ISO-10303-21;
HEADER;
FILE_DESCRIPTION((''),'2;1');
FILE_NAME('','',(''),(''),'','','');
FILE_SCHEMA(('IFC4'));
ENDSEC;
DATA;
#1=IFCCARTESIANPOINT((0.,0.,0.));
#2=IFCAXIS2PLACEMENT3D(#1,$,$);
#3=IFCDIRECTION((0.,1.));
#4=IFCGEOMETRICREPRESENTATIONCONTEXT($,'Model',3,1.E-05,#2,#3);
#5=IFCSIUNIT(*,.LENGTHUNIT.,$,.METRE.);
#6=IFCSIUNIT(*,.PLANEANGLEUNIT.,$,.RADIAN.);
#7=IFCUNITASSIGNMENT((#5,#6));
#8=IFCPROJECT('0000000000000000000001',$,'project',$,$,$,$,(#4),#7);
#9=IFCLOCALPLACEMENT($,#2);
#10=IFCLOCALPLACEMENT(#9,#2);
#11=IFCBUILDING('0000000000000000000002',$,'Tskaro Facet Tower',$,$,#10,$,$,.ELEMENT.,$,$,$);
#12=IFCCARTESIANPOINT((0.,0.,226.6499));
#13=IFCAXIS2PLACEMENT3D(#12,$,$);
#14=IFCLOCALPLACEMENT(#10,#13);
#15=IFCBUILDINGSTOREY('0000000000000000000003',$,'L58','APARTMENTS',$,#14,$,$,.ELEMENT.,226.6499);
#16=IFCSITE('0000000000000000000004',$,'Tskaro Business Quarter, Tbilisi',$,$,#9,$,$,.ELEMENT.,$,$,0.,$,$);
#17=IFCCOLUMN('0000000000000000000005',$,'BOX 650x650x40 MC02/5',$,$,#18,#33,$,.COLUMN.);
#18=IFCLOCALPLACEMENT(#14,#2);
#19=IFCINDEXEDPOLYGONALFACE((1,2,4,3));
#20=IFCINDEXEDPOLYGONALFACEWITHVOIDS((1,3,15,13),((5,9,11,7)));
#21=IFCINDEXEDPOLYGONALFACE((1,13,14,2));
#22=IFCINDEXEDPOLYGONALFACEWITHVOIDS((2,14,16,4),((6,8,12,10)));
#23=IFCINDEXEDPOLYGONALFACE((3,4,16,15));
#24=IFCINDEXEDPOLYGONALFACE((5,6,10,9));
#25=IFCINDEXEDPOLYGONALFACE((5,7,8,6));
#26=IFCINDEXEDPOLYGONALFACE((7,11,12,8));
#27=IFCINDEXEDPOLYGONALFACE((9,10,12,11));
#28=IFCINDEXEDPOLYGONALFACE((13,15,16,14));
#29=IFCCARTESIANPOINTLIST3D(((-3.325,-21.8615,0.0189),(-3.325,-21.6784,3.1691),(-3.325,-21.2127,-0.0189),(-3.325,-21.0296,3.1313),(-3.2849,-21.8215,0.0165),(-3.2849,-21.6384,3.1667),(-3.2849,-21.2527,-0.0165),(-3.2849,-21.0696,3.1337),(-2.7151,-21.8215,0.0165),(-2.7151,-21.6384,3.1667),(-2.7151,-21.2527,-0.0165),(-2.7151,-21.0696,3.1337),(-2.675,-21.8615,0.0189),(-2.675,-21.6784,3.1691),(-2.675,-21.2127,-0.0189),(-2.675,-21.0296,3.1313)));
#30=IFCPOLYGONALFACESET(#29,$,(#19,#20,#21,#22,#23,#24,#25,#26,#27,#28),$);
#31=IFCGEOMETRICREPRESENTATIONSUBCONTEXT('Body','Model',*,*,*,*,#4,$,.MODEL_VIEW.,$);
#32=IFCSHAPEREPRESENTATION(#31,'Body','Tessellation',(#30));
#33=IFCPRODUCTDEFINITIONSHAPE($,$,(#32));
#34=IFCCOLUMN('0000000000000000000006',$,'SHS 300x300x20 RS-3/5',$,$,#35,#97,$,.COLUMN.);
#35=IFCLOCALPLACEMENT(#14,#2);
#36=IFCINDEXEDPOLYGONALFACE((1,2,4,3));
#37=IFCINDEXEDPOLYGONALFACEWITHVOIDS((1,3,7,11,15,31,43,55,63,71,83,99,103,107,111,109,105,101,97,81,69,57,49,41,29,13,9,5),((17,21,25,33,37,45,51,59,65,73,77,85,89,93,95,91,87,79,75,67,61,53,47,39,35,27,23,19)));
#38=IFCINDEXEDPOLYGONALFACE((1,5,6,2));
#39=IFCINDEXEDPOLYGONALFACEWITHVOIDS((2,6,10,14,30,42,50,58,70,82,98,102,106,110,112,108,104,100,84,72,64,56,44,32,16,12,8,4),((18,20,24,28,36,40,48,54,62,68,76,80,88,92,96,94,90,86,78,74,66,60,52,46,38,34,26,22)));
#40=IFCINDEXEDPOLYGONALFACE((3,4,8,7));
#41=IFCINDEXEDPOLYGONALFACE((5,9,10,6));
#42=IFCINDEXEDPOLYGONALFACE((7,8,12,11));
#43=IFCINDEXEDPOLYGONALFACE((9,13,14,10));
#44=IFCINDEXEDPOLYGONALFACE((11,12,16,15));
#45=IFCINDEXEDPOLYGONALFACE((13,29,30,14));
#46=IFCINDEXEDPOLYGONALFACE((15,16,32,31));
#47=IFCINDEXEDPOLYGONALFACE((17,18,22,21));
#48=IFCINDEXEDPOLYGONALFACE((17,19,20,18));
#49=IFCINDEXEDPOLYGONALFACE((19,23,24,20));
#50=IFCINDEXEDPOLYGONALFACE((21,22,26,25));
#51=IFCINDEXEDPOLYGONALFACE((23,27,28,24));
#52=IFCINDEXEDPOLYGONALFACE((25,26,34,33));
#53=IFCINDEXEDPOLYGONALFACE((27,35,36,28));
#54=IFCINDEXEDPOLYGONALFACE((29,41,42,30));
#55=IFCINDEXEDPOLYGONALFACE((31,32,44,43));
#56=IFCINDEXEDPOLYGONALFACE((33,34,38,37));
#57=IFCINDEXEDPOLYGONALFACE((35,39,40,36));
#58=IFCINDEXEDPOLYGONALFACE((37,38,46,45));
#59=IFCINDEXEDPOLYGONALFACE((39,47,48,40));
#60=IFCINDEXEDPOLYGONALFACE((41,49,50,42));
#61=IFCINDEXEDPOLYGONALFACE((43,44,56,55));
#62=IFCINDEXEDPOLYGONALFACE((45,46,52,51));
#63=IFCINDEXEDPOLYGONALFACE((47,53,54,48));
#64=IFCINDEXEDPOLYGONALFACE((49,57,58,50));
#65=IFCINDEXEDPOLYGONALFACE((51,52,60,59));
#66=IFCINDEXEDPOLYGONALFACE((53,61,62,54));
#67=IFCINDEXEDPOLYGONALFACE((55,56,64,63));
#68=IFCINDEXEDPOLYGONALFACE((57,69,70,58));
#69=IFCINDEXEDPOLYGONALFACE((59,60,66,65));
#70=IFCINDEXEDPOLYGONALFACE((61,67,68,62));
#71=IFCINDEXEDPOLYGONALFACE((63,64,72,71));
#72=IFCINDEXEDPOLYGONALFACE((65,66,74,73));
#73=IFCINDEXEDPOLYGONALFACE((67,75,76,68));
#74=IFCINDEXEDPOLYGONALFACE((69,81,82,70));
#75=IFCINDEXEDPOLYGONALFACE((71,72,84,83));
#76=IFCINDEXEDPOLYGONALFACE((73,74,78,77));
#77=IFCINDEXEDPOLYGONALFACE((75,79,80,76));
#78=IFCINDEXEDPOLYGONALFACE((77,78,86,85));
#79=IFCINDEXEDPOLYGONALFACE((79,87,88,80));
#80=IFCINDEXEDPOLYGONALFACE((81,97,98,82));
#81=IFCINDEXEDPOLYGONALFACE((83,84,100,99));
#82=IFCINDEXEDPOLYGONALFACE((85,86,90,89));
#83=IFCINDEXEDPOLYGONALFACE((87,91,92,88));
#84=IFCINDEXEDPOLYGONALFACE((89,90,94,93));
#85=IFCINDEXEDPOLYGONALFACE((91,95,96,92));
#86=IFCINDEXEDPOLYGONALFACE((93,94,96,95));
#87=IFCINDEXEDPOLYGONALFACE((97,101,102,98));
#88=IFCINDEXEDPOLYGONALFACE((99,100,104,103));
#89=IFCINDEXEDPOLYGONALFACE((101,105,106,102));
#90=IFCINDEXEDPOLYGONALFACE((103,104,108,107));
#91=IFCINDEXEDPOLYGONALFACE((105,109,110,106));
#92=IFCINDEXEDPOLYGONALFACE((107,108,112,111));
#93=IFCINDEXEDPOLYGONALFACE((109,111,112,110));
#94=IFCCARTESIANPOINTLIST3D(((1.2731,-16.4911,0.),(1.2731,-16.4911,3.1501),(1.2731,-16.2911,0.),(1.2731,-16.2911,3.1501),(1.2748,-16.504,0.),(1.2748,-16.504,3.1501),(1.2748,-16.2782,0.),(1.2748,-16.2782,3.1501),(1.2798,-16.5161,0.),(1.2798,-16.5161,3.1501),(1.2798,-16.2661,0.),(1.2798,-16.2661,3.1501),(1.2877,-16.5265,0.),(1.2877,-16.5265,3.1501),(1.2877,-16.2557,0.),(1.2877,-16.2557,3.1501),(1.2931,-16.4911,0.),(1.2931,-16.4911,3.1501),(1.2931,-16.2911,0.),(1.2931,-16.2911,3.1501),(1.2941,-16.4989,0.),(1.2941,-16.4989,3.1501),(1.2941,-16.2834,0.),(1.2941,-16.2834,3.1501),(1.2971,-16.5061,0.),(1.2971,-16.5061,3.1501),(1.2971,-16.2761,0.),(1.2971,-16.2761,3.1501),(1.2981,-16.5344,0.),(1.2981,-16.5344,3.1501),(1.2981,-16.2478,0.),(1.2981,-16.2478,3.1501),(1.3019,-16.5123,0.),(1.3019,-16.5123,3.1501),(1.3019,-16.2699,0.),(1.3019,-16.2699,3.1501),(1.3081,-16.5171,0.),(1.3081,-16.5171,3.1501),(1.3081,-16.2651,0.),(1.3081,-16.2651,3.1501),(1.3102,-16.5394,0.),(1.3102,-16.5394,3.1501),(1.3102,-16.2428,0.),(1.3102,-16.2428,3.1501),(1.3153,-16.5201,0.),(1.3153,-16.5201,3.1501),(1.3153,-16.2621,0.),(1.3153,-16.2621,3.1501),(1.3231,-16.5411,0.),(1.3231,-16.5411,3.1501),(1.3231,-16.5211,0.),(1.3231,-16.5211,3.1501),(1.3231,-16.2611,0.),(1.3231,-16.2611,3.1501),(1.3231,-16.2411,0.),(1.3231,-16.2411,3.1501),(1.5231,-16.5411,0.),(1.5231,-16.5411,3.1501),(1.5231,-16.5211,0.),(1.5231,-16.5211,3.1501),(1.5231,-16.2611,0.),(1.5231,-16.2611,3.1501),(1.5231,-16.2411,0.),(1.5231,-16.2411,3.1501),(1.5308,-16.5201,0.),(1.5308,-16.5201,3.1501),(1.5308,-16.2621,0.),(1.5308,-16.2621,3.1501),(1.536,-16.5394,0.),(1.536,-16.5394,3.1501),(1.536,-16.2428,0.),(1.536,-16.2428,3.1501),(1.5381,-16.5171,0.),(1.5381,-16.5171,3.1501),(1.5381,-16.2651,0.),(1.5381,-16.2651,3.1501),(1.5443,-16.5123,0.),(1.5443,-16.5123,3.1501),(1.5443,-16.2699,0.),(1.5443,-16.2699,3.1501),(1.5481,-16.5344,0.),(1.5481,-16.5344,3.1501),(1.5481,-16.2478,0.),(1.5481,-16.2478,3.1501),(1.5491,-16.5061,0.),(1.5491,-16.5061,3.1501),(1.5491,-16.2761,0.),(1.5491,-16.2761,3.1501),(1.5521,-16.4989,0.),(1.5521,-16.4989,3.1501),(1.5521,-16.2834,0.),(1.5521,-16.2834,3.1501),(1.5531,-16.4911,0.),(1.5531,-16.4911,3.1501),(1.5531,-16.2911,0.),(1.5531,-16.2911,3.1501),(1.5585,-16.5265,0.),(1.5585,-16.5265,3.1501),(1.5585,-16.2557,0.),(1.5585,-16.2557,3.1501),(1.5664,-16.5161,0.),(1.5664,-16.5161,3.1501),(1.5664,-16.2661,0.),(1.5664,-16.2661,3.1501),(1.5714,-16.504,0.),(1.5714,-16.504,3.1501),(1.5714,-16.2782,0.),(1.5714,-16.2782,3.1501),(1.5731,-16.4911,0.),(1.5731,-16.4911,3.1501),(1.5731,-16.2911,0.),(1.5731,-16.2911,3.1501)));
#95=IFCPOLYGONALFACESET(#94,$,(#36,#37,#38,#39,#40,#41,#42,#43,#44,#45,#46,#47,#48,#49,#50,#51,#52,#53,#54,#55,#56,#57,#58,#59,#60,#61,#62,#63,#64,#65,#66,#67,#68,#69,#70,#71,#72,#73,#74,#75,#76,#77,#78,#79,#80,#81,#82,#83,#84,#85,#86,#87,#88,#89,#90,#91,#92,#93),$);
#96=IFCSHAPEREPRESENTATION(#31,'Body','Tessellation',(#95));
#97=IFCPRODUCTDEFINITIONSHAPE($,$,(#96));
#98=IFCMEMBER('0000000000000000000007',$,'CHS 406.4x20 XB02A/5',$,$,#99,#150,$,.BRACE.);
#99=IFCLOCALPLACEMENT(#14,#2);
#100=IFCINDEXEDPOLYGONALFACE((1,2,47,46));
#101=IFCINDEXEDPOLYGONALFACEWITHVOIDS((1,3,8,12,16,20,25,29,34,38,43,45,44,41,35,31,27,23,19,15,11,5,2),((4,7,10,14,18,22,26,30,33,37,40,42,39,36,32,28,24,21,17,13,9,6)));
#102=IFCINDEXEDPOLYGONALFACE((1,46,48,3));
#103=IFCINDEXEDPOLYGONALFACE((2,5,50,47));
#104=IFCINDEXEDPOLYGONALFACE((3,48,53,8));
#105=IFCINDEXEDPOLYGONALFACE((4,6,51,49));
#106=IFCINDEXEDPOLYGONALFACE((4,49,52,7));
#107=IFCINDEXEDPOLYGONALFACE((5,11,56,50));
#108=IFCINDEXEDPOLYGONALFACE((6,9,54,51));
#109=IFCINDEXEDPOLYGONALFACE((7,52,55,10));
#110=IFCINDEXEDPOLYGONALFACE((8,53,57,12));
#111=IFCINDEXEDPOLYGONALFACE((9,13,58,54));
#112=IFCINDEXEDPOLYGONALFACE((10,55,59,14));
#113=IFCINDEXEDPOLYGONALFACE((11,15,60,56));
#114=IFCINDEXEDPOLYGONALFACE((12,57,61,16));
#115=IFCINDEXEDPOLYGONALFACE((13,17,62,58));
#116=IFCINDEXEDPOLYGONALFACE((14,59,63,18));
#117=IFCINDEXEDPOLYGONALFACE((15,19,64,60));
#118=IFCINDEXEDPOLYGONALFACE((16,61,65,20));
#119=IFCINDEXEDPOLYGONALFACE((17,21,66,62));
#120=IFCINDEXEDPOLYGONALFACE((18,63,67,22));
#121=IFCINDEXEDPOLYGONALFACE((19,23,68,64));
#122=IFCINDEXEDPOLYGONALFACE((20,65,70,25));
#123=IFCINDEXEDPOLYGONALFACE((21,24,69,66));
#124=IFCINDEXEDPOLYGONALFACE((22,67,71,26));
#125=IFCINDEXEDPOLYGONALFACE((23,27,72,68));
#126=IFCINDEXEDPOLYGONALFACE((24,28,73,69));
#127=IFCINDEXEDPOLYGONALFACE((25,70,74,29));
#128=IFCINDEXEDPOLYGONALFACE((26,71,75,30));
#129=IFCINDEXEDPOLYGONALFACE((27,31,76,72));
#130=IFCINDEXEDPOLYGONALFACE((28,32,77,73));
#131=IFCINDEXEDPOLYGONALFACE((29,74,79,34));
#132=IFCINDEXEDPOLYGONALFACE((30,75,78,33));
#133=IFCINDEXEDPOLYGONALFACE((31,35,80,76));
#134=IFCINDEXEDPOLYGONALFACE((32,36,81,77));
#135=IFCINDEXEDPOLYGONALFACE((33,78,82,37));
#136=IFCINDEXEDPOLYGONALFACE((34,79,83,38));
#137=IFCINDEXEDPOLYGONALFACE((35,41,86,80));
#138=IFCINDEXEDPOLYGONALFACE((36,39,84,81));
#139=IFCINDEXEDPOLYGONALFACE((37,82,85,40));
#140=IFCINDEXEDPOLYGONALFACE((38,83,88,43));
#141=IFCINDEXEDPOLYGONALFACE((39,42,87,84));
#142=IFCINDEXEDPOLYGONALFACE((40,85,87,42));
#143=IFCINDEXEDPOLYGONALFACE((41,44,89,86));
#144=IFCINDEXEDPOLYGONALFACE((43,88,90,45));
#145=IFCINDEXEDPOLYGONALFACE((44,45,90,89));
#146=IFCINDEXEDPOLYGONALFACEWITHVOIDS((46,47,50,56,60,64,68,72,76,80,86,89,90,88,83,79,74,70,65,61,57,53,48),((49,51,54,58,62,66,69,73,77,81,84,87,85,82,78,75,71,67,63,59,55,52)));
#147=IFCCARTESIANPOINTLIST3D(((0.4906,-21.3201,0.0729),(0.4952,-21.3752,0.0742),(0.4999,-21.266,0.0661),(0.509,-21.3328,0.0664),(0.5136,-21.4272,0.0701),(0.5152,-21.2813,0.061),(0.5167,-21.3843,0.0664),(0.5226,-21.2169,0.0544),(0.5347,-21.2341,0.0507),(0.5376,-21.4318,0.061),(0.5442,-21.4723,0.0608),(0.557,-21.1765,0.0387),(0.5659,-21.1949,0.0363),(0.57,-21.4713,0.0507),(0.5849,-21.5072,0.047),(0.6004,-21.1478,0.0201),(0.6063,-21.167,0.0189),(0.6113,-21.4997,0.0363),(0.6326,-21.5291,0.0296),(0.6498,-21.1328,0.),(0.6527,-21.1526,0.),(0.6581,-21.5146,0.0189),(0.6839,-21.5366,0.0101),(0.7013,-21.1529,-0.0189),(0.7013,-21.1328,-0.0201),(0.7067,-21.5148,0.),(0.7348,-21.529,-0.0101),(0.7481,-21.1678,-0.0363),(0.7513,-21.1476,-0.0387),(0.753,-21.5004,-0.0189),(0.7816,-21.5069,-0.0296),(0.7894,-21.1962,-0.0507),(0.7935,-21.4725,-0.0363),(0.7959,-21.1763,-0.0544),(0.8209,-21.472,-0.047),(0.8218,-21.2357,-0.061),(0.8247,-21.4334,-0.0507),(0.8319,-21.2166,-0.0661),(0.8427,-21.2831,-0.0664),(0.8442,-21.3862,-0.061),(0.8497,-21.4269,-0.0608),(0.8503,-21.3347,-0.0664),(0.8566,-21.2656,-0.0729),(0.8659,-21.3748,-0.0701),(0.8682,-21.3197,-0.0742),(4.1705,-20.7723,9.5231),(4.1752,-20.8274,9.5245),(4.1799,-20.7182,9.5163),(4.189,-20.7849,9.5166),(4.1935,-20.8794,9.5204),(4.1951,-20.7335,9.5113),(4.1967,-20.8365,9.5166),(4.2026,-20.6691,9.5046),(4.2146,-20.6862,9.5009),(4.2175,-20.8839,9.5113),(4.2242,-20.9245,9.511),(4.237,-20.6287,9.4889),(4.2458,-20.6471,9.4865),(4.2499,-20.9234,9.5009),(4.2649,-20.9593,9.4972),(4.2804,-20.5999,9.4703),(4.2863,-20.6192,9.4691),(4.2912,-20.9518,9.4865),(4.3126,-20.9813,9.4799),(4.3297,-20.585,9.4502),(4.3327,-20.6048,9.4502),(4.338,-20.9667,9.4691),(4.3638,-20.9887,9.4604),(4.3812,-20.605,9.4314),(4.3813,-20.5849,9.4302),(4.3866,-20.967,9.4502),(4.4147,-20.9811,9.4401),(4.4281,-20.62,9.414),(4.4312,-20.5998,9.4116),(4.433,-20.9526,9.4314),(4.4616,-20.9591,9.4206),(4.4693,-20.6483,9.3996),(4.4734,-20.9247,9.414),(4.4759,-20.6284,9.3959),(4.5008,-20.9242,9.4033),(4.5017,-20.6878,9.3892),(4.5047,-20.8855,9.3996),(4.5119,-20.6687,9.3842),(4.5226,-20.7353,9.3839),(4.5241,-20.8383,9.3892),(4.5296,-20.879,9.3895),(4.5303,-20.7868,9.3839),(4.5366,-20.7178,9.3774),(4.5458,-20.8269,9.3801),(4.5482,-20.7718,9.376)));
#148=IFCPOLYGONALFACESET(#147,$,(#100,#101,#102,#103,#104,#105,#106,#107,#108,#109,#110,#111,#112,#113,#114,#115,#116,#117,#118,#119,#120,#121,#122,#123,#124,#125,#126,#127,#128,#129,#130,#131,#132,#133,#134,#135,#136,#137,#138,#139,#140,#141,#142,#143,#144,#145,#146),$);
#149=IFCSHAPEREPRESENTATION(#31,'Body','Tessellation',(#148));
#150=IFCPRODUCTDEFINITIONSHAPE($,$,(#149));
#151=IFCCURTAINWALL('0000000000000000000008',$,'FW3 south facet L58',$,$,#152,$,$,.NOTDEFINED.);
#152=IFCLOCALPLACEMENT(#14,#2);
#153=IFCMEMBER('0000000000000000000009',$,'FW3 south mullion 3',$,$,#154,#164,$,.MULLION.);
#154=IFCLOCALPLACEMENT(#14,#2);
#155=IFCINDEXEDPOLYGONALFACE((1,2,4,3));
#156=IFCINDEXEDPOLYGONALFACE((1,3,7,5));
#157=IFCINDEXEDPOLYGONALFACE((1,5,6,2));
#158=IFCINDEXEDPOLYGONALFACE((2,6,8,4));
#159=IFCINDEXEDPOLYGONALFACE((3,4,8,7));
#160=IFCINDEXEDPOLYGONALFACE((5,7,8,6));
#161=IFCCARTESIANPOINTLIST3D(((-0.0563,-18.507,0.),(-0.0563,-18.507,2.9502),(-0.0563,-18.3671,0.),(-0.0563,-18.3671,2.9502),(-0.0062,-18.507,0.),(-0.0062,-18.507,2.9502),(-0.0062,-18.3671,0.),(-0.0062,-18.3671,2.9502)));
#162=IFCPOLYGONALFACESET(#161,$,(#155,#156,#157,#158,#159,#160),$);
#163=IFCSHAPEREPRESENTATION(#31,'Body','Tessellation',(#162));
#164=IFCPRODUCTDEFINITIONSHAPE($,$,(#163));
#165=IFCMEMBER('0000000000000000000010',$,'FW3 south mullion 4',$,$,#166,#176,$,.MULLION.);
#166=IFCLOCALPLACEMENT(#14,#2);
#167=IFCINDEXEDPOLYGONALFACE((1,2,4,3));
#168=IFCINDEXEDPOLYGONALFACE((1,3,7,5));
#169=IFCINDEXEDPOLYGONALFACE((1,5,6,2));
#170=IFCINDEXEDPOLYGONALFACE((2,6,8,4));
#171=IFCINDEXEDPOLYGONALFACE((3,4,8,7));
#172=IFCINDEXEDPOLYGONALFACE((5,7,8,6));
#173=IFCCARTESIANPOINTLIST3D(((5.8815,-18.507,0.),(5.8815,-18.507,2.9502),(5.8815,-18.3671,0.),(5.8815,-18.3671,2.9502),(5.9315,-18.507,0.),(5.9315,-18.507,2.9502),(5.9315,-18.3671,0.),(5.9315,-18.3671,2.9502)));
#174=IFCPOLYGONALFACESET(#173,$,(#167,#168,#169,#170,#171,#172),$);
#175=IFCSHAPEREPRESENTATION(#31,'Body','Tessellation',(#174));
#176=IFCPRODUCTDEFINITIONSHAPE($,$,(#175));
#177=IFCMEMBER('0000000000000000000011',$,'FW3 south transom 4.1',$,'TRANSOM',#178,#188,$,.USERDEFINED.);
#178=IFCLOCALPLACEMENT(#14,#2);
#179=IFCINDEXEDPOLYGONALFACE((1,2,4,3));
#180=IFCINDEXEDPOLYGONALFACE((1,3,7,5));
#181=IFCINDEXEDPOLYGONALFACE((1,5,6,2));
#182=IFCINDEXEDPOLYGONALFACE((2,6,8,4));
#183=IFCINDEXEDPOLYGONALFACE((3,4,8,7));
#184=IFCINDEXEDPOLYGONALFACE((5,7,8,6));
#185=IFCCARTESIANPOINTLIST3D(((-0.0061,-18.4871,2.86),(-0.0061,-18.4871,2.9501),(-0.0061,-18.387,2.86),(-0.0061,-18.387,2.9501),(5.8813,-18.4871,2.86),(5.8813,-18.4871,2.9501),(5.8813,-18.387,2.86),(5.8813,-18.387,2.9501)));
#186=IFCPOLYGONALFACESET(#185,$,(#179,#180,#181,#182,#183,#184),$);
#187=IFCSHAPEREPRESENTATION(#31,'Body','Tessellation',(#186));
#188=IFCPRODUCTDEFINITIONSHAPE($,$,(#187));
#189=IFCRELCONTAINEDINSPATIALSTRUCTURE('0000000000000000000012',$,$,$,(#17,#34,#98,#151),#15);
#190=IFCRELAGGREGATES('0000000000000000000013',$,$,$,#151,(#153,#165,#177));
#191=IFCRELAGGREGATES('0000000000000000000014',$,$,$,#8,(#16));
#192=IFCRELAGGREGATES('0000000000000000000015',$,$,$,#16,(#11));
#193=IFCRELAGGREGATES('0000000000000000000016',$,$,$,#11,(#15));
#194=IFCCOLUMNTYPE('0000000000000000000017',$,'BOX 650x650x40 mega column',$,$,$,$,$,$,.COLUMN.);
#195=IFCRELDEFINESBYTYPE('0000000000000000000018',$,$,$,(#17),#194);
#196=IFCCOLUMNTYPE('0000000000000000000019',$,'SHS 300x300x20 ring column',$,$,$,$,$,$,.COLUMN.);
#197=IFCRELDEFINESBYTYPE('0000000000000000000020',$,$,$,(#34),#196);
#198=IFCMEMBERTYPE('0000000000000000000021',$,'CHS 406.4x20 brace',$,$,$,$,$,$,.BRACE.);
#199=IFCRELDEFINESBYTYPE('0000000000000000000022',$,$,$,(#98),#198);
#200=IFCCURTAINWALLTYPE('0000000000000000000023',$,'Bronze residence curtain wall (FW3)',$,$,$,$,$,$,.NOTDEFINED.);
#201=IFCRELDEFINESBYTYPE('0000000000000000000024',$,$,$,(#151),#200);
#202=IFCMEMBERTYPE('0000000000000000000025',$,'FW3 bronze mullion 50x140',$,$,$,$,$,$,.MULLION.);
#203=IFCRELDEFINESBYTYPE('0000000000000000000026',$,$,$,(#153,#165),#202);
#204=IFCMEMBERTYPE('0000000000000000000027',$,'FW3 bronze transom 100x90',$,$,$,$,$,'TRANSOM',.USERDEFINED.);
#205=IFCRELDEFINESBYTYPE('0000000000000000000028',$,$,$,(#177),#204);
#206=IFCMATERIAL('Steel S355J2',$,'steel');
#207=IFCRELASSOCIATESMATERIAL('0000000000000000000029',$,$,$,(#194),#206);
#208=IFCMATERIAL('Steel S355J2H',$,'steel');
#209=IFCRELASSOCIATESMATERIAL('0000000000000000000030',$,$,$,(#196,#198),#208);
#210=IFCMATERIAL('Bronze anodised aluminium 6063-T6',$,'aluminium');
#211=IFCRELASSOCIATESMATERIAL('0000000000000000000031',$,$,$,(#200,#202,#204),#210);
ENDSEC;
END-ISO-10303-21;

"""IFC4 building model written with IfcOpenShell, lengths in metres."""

from ifc_helpers import new_model, si_unit, direction, frame, origin, origin_2d, place, context, subcontext, project, spatial, rectangle, hollow_rectangle, hollow_circle, extrude, material, material_profile, profile_set, type_object, element, aggregate, save


model = new_model("IFC4")

# Units and contexts
model_context = context("Model", 3, precision=1e-05, world=origin(), true_north=direction((0.0, 1.0)))
body_context = subcontext(model_context, "Body", "Model", "MODEL_VIEW")
ifc_project = project(units=[si_unit("LENGTHUNIT", "METRE"), si_unit("PLANEANGLEUNIT", "RADIAN")], contexts=[model_context])

# Site, building, storey
site_placement = place(None, origin())
site = spatial("IfcSite", under=ifc_project, at=site_placement, Name="Tskaro Business Quarter, Tbilisi", CompositionType="ELEMENT", RefElevation=0.0)
building_placement = place(site_placement, origin())
building = spatial("IfcBuilding", under=site, at=building_placement, Name="Tskaro Facet Tower", CompositionType="ELEMENT")
storey_placement = place(building_placement, frame((0.0, 0.0, 226.6499)))
storey = spatial("IfcBuildingStorey", under=building, at=storey_placement, Name="L58", Description="APARTMENTS", CompositionType="ELEMENT", Elevation=226.6499)

# Columns
ifc_material_1 = material(Name="Steel S355J2", Category="steel")
ifc_material_profile_1 = material_profile(ifc_material_1, hollow_rectangle(XDim=0.6499, YDim=0.6499, WallThickness=0.04, at=origin_2d()), Name="BOX 650x650x40")
ifc_profile_set_1 = profile_set([ifc_material_profile_1], Name="Steel S355J2")
column_type_1 = type_object("IfcColumnType", Name="BOX 650x650x40 mega column", PredefinedType="COLUMN", material=ifc_profile_set_1)
column_1_placement = place(storey_placement, frame((-3.0, -21.5371, 0.0), z_axis=(0.0, 0.058028, 0.998315), x_axis=(-1.0, 0.0, 0.0)))
element("IfcColumn", 1, at=column_1_placement, inside=storey, type_object=column_type_1, Name="BOX 650x650x40 MC02/5", PredefinedType="COLUMN", context=body_context, shape_type="SweptSolid", body=[
    extrude(hollow_rectangle(XDim=0.6499, YDim=0.6499, WallThickness=0.04, at=origin_2d()), origin(), (0.0, 0.0, 1.0), 3.1555),
])
ifc_material_2 = material(Name="Steel S355J2H", Category="steel")
ifc_material_profile_2 = material_profile(ifc_material_2, hollow_rectangle(XDim=0.3, YDim=0.3, WallThickness=0.02, InnerFilletRadius=0.03, OuterFilletRadius=0.05, at=origin_2d()), Name="SHS 300x300x20")
ifc_profile_set_2 = profile_set([ifc_material_profile_2], Name="Steel S355J2H")
column_type_2 = type_object("IfcColumnType", Name="SHS 300x300x20 ring column", PredefinedType="COLUMN", material=ifc_profile_set_2)
column_2_placement = place(storey_placement, frame((1.4231, -16.3911, 0.0), z_axis=(0.0, 0.0, 1.0), x_axis=(1.0, 0.0, 0.0)))
element("IfcColumn", 2, at=column_2_placement, inside=storey, type_object=column_type_2, Name="SHS 300x300x20 RS-3/5", PredefinedType="COLUMN", context=body_context, shape_type="SweptSolid", body=[
    extrude(hollow_rectangle(XDim=0.3, YDim=0.3, WallThickness=0.02, InnerFilletRadius=0.03, OuterFilletRadius=0.05, at=origin_2d()), origin(), (0.0, 0.0, 1.0), 3.1501),
])

# Member
ifc_material_profile_3 = material_profile(ifc_material_2, hollow_circle(Radius=0.2031, WallThickness=0.02, at=origin_2d()), Name="CHS 406.4x20")
ifc_profile_set_3 = profile_set([ifc_material_profile_3], Name="Steel S355J2H")
member_type_1 = type_object("IfcMemberType", Name="CHS 406.4x20 brace", PredefinedType="BRACE", material=ifc_profile_set_3)
member_1_placement = place(storey_placement, frame((0.6797, -21.3337, 0.0), z_axis=(0.362334, 0.053943, 0.930486), x_axis=(-0.147253, 0.989099, 0.0)))
element("IfcMember", 3, at=member_1_placement, inside=storey, type_object=member_type_1, Name="CHS 406.4x20 XB02A/5", PredefinedType="BRACE", context=body_context, shape_type="SweptSolid", body=[
    extrude(hollow_circle(Radius=0.2031, WallThickness=0.02, at=origin_2d()), origin(), (0.0, 0.0, 1.0), 10.1562),
])

# Curtain wall, members
ifc_material_3 = material(Name="Bronze anodised aluminium 6063-T6", Category="aluminium")
curtain_wall_type = type_object("IfcCurtainWallType", Name="Bronze residence curtain wall (FW3)", PredefinedType="NOTDEFINED", material=ifc_material_3)
curtain_wall_placement = place(storey_placement, origin())
curtain_wall = element("IfcCurtainWall", 4, at=curtain_wall_placement, inside=storey, type_object=curtain_wall_type, Name="FW3 south facet L58", PredefinedType="NOTDEFINED")
ifc_material_profile_4 = material_profile(ifc_material_3, rectangle(XDim=0.05, YDim=0.1399, at=origin_2d()), Name="Mullion 50x140")
ifc_profile_set_4 = profile_set([ifc_material_profile_4], Name="Bronze anodised aluminium 6063-T6")
member_type_2 = type_object("IfcMemberType", Name="FW3 bronze mullion 50x140", PredefinedType="MULLION", material=ifc_profile_set_4)
member_2_placement = place(storey_placement, frame((-0.0312, -18.437, 0.0), z_axis=(0.0, 0.0, 1.0), x_axis=(1.0, 0.0, 0.0)))
member_2 = element("IfcMember", 5, at=member_2_placement, type_object=member_type_2, Name="FW3 south mullion 3", PredefinedType="MULLION", context=body_context, shape_type="SweptSolid", body=[
    extrude(rectangle(XDim=0.05, YDim=0.1399, at=origin_2d()), origin(), (0.0, 0.0, 1.0), 2.9502),
])
member_3_placement = place(storey_placement, frame((5.9065, -18.437, 0.0), z_axis=(0.0, 0.0, 1.0), x_axis=(1.0, 0.0, 0.0)))
member_3 = element("IfcMember", 6, at=member_3_placement, type_object=member_type_2, Name="FW3 south mullion 4", PredefinedType="MULLION", context=body_context, shape_type="SweptSolid", body=[
    extrude(rectangle(XDim=0.05, YDim=0.1399, at=origin_2d()), origin(), (0.0, 0.0, 1.0), 2.9502),
])
ifc_material_profile_5 = material_profile(ifc_material_3, rectangle(XDim=0.1001, YDim=0.0901, at=origin_2d()), Name="Transom 100x90")
ifc_profile_set_5 = profile_set([ifc_material_profile_5], Name="Bronze anodised aluminium 6063-T6")
member_type_3 = type_object("IfcMemberType", Name="FW3 bronze transom 100x90", ElementType="TRANSOM", PredefinedType="USERDEFINED", material=ifc_profile_set_5)
member_4_placement = place(storey_placement, frame((-0.0061, -18.437, 2.905), z_axis=(1.0, 0.0, 0.0), x_axis=(0.0, 1.0, 0.0)))
member_4 = element("IfcMember", 7, at=member_4_placement, type_object=member_type_3, Name="FW3 south transom 4.1", ObjectType="TRANSOM", PredefinedType="USERDEFINED", context=body_context, shape_type="SweptSolid", body=[
    extrude(rectangle(XDim=0.1001, YDim=0.0901, at=origin_2d()), origin(), (0.0, 0.0, 1.0), 5.8875),
])

aggregate(curtain_wall, [member_2, member_3, member_4])

save(model, "model.ifc")
